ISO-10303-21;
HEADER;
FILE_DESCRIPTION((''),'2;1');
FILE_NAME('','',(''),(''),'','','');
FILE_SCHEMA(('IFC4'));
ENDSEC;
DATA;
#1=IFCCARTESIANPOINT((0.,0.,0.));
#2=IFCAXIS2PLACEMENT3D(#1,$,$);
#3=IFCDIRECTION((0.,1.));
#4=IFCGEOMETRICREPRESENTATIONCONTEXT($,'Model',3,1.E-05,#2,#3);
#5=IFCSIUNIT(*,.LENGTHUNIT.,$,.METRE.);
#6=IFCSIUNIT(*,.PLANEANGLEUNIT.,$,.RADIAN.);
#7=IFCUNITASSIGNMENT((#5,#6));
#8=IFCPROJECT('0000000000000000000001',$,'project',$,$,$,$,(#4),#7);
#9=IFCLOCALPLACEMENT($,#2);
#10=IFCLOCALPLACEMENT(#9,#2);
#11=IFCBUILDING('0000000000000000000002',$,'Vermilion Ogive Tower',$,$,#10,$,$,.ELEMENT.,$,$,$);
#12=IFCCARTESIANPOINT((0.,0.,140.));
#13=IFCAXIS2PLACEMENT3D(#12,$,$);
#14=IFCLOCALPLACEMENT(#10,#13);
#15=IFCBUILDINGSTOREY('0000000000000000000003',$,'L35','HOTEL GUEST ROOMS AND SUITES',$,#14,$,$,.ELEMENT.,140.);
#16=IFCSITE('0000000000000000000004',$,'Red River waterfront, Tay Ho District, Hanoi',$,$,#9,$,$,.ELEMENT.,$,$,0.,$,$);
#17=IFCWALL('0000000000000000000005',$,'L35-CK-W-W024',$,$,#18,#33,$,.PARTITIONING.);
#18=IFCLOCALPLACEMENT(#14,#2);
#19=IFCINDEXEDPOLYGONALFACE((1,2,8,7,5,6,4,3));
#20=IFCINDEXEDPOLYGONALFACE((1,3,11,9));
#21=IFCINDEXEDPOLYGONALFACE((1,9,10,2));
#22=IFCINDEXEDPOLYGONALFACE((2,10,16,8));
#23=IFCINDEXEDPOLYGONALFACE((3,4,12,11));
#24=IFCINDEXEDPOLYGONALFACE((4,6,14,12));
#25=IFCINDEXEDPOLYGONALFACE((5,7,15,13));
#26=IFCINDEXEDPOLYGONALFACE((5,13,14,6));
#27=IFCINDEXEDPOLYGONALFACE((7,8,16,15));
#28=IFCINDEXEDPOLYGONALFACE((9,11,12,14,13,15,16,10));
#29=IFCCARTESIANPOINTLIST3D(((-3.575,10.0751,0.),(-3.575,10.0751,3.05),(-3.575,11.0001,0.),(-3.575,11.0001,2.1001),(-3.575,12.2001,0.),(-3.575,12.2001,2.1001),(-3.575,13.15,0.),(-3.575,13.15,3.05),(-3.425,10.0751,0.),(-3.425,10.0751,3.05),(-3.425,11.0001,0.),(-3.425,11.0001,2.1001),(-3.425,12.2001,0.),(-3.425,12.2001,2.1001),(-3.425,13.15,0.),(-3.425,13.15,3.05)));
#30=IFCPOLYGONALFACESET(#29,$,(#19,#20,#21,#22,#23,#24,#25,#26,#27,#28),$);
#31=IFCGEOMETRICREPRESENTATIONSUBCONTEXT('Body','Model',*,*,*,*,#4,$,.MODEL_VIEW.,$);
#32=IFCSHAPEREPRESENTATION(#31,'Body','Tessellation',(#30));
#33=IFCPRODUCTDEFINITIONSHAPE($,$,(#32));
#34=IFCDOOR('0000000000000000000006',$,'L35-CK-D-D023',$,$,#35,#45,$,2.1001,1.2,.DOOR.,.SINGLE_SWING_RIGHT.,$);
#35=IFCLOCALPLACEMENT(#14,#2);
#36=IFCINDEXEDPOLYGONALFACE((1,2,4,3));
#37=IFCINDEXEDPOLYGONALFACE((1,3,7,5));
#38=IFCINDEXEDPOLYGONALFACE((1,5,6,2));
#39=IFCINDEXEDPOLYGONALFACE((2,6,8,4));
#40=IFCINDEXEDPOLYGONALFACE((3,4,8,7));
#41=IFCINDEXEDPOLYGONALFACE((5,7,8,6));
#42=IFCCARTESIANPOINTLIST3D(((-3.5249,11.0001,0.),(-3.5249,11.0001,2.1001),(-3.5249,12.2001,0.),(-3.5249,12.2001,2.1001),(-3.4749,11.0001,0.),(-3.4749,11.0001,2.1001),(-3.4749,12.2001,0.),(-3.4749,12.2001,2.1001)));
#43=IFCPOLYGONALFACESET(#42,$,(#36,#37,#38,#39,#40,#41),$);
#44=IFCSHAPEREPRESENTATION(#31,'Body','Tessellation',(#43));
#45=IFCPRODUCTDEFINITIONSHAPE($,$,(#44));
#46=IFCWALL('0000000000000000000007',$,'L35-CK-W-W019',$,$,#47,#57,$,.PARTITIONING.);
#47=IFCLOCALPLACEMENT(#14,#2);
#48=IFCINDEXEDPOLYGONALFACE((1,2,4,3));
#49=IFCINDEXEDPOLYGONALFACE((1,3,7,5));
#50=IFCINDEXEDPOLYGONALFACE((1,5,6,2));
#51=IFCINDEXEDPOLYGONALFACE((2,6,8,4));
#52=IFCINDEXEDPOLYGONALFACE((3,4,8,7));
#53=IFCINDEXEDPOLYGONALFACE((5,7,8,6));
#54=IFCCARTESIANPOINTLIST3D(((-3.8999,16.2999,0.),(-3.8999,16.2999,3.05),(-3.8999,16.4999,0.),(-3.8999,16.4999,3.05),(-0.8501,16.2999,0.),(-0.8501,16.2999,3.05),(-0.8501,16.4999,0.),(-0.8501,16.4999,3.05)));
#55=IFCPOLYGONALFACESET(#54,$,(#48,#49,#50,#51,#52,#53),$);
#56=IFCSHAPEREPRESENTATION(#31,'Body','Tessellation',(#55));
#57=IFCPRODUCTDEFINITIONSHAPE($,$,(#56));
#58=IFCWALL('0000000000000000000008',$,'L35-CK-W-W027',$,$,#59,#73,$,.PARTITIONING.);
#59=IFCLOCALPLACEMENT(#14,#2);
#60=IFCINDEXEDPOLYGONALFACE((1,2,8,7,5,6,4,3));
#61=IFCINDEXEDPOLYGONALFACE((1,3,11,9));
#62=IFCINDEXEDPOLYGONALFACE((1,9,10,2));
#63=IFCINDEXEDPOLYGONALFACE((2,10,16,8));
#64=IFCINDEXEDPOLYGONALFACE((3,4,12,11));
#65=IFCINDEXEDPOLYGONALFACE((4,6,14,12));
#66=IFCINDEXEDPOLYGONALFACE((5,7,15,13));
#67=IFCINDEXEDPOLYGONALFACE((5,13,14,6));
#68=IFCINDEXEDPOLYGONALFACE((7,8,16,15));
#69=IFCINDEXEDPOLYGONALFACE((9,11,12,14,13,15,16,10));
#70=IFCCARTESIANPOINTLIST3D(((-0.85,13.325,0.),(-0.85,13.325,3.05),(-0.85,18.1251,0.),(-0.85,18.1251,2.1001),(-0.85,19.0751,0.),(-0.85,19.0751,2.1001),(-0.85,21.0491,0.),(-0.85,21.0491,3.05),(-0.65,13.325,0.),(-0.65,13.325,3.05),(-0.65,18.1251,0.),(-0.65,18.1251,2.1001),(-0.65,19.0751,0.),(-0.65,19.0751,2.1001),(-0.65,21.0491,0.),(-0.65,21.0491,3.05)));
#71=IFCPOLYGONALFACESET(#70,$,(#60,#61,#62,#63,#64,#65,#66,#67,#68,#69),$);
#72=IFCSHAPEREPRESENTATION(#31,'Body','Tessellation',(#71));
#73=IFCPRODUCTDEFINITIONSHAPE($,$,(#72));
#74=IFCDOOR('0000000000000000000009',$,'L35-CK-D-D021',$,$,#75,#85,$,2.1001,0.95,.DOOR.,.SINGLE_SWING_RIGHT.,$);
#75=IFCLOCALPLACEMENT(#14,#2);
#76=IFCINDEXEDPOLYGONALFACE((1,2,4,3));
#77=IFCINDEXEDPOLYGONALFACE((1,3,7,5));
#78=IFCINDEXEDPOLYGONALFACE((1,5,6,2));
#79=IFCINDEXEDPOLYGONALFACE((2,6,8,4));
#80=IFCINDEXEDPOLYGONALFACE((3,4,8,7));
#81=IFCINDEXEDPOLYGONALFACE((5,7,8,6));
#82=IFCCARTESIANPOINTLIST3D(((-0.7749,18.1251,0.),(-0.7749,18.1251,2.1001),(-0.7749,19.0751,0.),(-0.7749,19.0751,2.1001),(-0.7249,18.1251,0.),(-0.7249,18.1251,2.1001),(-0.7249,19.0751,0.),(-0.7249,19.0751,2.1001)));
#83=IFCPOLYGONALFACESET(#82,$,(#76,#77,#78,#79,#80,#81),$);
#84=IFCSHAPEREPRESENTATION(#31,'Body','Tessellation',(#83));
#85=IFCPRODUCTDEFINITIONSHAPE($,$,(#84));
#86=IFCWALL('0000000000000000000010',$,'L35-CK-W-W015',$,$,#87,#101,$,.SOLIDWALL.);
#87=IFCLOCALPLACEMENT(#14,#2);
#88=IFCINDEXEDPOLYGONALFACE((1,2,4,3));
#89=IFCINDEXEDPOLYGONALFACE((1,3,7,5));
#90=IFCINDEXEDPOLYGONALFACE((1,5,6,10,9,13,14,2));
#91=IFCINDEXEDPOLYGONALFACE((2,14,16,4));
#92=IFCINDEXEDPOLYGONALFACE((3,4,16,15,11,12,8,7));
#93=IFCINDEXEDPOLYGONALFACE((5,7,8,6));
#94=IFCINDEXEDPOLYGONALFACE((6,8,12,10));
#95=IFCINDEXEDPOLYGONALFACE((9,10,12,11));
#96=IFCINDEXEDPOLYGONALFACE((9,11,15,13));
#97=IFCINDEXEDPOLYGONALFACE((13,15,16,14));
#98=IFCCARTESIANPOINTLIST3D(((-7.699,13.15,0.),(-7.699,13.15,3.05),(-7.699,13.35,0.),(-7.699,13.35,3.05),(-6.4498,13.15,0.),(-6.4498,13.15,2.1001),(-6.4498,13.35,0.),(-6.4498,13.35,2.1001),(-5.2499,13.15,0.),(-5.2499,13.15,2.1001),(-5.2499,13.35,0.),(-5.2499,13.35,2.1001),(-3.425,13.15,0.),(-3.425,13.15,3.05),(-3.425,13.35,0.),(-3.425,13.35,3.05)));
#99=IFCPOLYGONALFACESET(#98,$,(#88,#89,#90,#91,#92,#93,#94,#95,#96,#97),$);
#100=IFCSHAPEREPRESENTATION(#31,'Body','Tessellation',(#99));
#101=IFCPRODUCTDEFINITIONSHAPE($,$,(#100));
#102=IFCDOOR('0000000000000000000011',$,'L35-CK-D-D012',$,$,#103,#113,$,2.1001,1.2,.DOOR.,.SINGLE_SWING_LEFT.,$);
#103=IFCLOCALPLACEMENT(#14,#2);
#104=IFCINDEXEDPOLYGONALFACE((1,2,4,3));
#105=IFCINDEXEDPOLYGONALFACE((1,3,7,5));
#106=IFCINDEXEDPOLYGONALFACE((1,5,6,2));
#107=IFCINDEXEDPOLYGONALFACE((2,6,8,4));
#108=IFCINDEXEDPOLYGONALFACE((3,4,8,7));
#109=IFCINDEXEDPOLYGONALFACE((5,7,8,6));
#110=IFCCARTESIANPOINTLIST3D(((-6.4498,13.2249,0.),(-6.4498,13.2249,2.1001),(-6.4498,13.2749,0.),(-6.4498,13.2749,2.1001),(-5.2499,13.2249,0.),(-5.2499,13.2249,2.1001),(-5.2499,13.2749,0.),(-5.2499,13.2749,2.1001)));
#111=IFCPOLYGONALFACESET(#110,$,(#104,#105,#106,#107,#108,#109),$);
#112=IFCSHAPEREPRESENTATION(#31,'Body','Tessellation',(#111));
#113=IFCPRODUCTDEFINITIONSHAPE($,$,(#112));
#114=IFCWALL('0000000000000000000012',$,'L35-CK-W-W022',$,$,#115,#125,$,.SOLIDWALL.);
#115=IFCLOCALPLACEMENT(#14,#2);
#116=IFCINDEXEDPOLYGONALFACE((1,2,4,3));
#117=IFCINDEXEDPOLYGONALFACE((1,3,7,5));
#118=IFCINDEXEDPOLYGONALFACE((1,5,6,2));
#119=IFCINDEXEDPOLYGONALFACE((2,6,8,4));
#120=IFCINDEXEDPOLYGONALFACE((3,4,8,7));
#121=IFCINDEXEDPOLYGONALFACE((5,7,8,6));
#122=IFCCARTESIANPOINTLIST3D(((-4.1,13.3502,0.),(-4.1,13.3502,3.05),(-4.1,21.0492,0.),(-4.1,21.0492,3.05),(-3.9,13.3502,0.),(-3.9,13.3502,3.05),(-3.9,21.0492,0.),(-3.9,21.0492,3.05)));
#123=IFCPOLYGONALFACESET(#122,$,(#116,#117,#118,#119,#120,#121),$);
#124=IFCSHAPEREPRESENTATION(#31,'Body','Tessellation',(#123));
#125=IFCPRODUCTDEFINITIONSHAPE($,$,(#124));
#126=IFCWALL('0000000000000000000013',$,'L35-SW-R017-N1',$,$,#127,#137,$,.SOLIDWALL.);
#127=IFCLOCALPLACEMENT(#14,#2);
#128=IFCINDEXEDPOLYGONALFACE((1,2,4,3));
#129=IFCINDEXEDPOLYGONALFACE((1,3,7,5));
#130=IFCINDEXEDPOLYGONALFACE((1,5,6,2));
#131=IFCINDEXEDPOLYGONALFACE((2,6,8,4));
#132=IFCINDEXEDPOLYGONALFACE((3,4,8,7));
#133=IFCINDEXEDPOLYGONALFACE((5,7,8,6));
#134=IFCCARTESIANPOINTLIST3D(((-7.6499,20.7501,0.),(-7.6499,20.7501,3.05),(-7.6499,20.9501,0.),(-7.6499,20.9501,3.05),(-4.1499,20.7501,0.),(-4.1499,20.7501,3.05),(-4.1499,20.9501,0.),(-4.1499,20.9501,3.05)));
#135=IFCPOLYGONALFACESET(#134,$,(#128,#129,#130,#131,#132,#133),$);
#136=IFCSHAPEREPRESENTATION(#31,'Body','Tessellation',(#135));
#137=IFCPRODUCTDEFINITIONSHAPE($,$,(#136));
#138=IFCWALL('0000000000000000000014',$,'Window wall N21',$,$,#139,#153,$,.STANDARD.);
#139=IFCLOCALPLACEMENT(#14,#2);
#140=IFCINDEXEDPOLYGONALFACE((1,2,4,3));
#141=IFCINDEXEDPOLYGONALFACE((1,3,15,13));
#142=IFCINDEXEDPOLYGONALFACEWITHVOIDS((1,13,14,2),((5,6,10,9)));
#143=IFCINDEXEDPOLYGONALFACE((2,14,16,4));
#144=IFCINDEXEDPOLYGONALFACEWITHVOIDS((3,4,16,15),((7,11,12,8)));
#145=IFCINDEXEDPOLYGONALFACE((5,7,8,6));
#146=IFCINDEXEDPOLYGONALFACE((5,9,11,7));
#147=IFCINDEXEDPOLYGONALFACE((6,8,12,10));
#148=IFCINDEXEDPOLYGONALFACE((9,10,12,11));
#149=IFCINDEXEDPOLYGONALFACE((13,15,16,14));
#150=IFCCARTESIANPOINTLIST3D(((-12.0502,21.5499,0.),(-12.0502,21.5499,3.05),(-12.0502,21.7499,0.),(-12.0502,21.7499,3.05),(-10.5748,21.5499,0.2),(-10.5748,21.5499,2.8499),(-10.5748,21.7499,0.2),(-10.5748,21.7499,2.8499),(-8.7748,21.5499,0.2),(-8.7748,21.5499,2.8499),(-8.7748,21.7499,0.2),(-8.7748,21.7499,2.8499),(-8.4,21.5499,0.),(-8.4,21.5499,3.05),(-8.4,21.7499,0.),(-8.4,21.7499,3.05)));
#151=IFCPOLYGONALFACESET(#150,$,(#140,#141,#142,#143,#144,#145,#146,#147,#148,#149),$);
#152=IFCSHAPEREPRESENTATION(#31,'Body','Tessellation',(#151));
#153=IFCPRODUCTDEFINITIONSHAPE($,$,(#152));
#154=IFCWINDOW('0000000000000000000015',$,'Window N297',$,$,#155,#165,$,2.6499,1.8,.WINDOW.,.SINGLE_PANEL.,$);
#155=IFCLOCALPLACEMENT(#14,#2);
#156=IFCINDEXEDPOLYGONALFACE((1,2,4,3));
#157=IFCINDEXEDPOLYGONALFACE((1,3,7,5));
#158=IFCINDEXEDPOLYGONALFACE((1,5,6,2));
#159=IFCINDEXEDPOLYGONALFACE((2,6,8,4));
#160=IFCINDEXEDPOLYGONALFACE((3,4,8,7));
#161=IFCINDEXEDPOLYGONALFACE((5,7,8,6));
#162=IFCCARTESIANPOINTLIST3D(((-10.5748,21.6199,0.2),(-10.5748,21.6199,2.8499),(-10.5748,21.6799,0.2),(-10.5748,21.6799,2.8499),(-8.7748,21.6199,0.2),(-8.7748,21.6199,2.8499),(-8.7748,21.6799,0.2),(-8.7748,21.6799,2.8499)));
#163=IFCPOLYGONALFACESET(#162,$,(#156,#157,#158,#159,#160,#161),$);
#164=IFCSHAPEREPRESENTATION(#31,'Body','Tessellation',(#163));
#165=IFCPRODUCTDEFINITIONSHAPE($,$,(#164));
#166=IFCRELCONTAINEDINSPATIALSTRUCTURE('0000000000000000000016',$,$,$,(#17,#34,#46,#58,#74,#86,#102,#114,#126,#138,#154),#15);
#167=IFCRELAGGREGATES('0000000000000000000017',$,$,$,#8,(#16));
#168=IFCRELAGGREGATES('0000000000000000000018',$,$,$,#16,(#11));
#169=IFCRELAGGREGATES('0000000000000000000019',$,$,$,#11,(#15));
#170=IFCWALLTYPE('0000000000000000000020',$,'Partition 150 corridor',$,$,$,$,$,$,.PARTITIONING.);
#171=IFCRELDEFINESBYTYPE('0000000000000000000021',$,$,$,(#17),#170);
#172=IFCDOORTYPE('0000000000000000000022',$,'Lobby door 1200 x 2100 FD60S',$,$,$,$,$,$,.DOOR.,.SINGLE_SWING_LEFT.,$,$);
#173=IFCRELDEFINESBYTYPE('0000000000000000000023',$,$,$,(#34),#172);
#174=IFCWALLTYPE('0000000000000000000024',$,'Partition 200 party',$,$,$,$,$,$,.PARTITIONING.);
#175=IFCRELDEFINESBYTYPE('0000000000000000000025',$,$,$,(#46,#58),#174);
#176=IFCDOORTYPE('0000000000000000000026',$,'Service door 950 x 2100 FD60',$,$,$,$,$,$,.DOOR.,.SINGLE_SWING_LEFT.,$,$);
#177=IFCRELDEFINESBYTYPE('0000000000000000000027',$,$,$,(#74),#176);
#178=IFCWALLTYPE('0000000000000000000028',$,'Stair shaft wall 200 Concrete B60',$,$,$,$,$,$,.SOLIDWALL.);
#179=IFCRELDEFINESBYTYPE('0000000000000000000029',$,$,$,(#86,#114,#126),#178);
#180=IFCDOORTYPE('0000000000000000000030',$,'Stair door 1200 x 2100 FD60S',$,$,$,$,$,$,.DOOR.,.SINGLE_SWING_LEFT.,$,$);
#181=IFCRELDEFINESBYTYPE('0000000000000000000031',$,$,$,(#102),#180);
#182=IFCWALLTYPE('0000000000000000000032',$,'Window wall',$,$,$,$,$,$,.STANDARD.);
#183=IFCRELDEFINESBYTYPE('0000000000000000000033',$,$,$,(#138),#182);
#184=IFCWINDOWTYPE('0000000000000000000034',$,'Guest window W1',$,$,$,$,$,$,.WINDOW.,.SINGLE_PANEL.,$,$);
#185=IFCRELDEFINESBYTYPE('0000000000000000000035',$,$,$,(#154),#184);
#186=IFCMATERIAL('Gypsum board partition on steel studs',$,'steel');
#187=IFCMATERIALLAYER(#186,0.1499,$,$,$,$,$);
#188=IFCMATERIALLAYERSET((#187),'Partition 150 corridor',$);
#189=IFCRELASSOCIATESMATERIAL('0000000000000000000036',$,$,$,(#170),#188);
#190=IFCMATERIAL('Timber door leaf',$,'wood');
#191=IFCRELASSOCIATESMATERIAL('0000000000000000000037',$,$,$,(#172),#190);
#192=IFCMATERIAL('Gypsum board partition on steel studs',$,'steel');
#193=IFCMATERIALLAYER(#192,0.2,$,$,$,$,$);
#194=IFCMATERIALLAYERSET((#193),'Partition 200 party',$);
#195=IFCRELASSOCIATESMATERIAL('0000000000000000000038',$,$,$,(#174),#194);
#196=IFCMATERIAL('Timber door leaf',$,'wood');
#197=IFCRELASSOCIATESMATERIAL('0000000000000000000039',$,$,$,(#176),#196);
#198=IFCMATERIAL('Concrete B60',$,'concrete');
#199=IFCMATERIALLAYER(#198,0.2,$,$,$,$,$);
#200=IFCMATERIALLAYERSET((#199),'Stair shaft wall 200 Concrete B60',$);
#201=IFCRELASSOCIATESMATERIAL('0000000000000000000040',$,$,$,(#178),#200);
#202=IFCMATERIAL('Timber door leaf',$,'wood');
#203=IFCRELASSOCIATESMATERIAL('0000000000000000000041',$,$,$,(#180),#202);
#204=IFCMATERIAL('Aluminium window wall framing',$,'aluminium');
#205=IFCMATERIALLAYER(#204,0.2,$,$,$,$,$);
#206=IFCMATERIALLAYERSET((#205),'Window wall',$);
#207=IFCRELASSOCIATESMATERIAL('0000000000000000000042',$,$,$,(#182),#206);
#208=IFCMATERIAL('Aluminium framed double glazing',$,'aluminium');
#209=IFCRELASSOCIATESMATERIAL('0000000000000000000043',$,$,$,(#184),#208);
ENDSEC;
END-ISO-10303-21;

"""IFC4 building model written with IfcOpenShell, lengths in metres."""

from ifc_helpers import new_model, si_unit, direction, frame, frame_2d, origin, place, context, subcontext, project, spatial, rectangle, extrude, material, layer, layer_set, type_object, element, fill, save


model = new_model("IFC4")

# Units and contexts
model_context = context("Model", 3, precision=1e-05, world=origin(), true_north=direction((0.0, 1.0)))
body_context = subcontext(model_context, "Body", "Model", "MODEL_VIEW")
ifc_project = project(units=[si_unit("LENGTHUNIT", "METRE"), si_unit("PLANEANGLEUNIT", "RADIAN")], contexts=[model_context])

# Site, building, storey
site_placement = place(None, origin())
site = spatial("IfcSite", under=ifc_project, at=site_placement, Name="Red River waterfront, Tay Ho District, Hanoi", CompositionType="ELEMENT", RefElevation=0.0)
building_placement = place(site_placement, origin())
building = spatial("IfcBuilding", under=site, at=building_placement, Name="Vermilion Ogive Tower", CompositionType="ELEMENT")
storey_placement = place(building_placement, frame((0.0, 0.0, 140.0)))
storey = spatial("IfcBuildingStorey", under=building, at=storey_placement, Name="L35", Description="HOTEL GUEST ROOMS AND SUITES", CompositionType="ELEMENT", Elevation=140.0)

# Shared definitions
ifc_material_1 = material(Name="Gypsum board partition on steel studs", Category="steel")
ifc_layer_1 = layer(ifc_material_1, 0.1499)
ifc_layer_set_1 = layer_set([ifc_layer_1], Name="Partition 150 corridor")
wall_type_1 = type_object("IfcWallType", Name="Partition 150 corridor", PredefinedType="PARTITIONING", material=ifc_layer_set_1)

# Wall, opening, door
wall_1_placement = place(storey_placement, frame((-3.5, 10.075, 0.0), z_axis=(0.0, 0.0, 1.0), x_axis=(0.0, 1.0, 0.0)))
wall_1 = element("IfcWall", 1, at=wall_1_placement, inside=storey, type_object=wall_type_1, Name="L35-CK-W-W024", PredefinedType="PARTITIONING", context=body_context, shape_type="SweptSolid", body=[
    extrude(rectangle(XDim=3.075, YDim=0.1499, at=frame_2d((1.5376, 0.0))), origin(), (0.0, 0.0, 1.0), 3.05),
])
opening_1_placement = place(wall_1_placement, frame((0.925, 0.0, 0.0)))
opening_1 = element("IfcOpeningElement", 2, at=opening_1_placement, cuts=wall_1, PredefinedType="OPENING", context=body_context, shape_type="SweptSolid", body=[
    extrude(rectangle(XDim=1.2, YDim=2.1001, at=frame_2d((0.6001, 1.05))), frame((0.0, 0.085, 0.0), z_axis=(0.0, -1.0, 0.0), x_axis=(1.0, 0.0, 0.0)), (0.0, 0.0, 1.0), 0.1699),
])
ifc_material_2 = material(Name="Timber door leaf", Category="wood")
door_type_1 = type_object("IfcDoorType", Name="Lobby door 1200 x 2100 FD60S", OperationType="SINGLE_SWING_LEFT", PredefinedType="DOOR", material=ifc_material_2)
door_1_placement = place(opening_1_placement, origin())
door_1 = element("IfcDoor", 3, at=door_1_placement, inside=storey, type_object=door_type_1, Name="L35-CK-D-D023", OperationType="SINGLE_SWING_RIGHT", OverallHeight=2.1001, OverallWidth=1.2, PredefinedType="DOOR", context=body_context, shape_type="SweptSolid", body=[
    extrude(rectangle(XDim=1.2, YDim=2.1001, at=frame_2d((0.6001, 1.05))), frame((0.0, 0.0249, 0.0), z_axis=(0.0, -1.0, 0.0), x_axis=(1.0, 0.0, 0.0)), (0.0, 0.0, 1.0), 0.05),
])
fill(opening_1, door_1)

# Wall
ifc_material_3 = material(Name="Gypsum board partition on steel studs", Category="steel")
ifc_layer_2 = layer(ifc_material_3, 0.2)
ifc_layer_set_2 = layer_set([ifc_layer_2], Name="Partition 200 party")
wall_type_2 = type_object("IfcWallType", Name="Partition 200 party", PredefinedType="PARTITIONING", material=ifc_layer_set_2)
wall_2_placement = place(storey_placement, frame((-3.8999, 16.3999, 0.0), z_axis=(0.0, 0.0, 1.0), x_axis=(1.0, 0.0, 0.0)))
element("IfcWall", 4, at=wall_2_placement, inside=storey, type_object=wall_type_2, Name="L35-CK-W-W019", PredefinedType="PARTITIONING", context=body_context, shape_type="SweptSolid", body=[
    extrude(rectangle(XDim=3.0498, YDim=0.2, at=frame_2d((1.5249, 0.0))), origin(), (0.0, 0.0, 1.0), 3.05),
])

# Walls, openings, doors
wall_3_placement = place(storey_placement, frame((-0.75, 13.325, 0.0), z_axis=(0.0, 0.0, 1.0), x_axis=(0.0, 1.0, 0.0)))
wall_3 = element("IfcWall", 5, at=wall_3_placement, inside=storey, type_object=wall_type_2, Name="L35-CK-W-W027", PredefinedType="PARTITIONING", context=body_context, shape_type="SweptSolid", body=[
    extrude(rectangle(XDim=7.7241, YDim=0.2, at=frame_2d((3.8621, 0.0))), origin(), (0.0, 0.0, 1.0), 3.05),
])
opening_2_placement = place(wall_3_placement, frame((4.8, 0.0, 0.0)))
opening_2 = element("IfcOpeningElement", 6, at=opening_2_placement, cuts=wall_3, PredefinedType="OPENING", context=body_context, shape_type="SweptSolid", body=[
    extrude(rectangle(XDim=0.95, YDim=2.1001, at=frame_2d((0.4751, 1.05))), frame((0.0, 0.1099, 0.0), z_axis=(0.0, -1.0, 0.0), x_axis=(1.0, 0.0, 0.0)), (0.0, 0.0, 1.0), 0.22),
])
ifc_material_4 = material(Name="Timber door leaf", Category="wood")
door_type_2 = type_object("IfcDoorType", Name="Service door 950 x 2100 FD60", OperationType="SINGLE_SWING_LEFT", PredefinedType="DOOR", material=ifc_material_4)
door_2_placement = place(opening_2_placement, origin())
door_2 = element("IfcDoor", 7, at=door_2_placement, inside=storey, type_object=door_type_2, Name="L35-CK-D-D021", OperationType="SINGLE_SWING_RIGHT", OverallHeight=2.1001, OverallWidth=0.95, PredefinedType="DOOR", context=body_context, shape_type="SweptSolid", body=[
    extrude(rectangle(XDim=0.95, YDim=2.1001, at=frame_2d((0.4751, 1.05))), frame((0.0, 0.0249, 0.0), z_axis=(0.0, -1.0, 0.0), x_axis=(1.0, 0.0, 0.0)), (0.0, 0.0, 1.0), 0.05),
])
fill(opening_2, door_2)
ifc_material_5 = material(Name="Concrete B60", Category="concrete")
ifc_layer_3 = layer(ifc_material_5, 0.2)
ifc_layer_set_3 = layer_set([ifc_layer_3], Name="Stair shaft wall 200 Concrete B60")
wall_type_3 = type_object("IfcWallType", Name="Stair shaft wall 200 Concrete B60", PredefinedType="SOLIDWALL", material=ifc_layer_set_3)
wall_4_placement = place(storey_placement, frame((-7.699, 13.25, 0.0), z_axis=(0.0, 0.0, 1.0), x_axis=(1.0, 0.0, 0.0)))
wall_4 = element("IfcWall", 8, at=wall_4_placement, inside=storey, type_object=wall_type_3, Name="L35-CK-W-W015", PredefinedType="SOLIDWALL", context=body_context, shape_type="SweptSolid", body=[
    extrude(rectangle(XDim=4.2739, YDim=0.2, at=frame_2d((2.137, 0.0))), origin(), (0.0, 0.0, 1.0), 3.05),
])
opening_3_placement = place(wall_4_placement, frame((1.249, 0.0, 0.0)))
opening_3 = element("IfcOpeningElement", 9, at=opening_3_placement, cuts=wall_4, PredefinedType="OPENING", context=body_context, shape_type="SweptSolid", body=[
    extrude(rectangle(XDim=1.2, YDim=2.1001, at=frame_2d((0.6001, 1.05))), frame((0.0, 0.1099, 0.0), z_axis=(0.0, -1.0, 0.0), x_axis=(1.0, 0.0, 0.0)), (0.0, 0.0, 1.0), 0.22),
])
ifc_material_6 = material(Name="Timber door leaf", Category="wood")
door_type_3 = type_object("IfcDoorType", Name="Stair door 1200 x 2100 FD60S", OperationType="SINGLE_SWING_LEFT", PredefinedType="DOOR", material=ifc_material_6)
door_3_placement = place(opening_3_placement, origin())
door_3 = element("IfcDoor", 10, at=door_3_placement, inside=storey, type_object=door_type_3, Name="L35-CK-D-D012", OperationType="SINGLE_SWING_LEFT", OverallHeight=2.1001, OverallWidth=1.2, PredefinedType="DOOR", context=body_context, shape_type="SweptSolid", body=[
    extrude(rectangle(XDim=1.2, YDim=2.1001, at=frame_2d((0.6001, 1.05))), frame((0.0, 0.0249, 0.0), z_axis=(0.0, -1.0, 0.0), x_axis=(1.0, 0.0, 0.0)), (0.0, 0.0, 1.0), 0.05),
])
fill(opening_3, door_3)

# Walls
wall_5_placement = place(storey_placement, frame((-4.0, 13.3501, 0.0), z_axis=(0.0, 0.0, 1.0), x_axis=(0.0, 1.0, 0.0)))
element("IfcWall", 11, at=wall_5_placement, inside=storey, type_object=wall_type_3, Name="L35-CK-W-W022", PredefinedType="SOLIDWALL", context=body_context, shape_type="SweptSolid", body=[
    extrude(rectangle(XDim=7.699, YDim=0.2, at=frame_2d((3.8496, 0.0))), origin(), (0.0, 0.0, 1.0), 3.05),
])
wall_6_placement = place(storey_placement, frame((-7.6499, 20.8501, 0.0), z_axis=(0.0, 0.0, 1.0), x_axis=(1.0, 0.0, 0.0)))
element("IfcWall", 12, at=wall_6_placement, inside=storey, type_object=wall_type_3, Name="L35-SW-R017-N1", PredefinedType="SOLIDWALL", context=body_context, shape_type="SweptSolid", body=[
    extrude(rectangle(XDim=3.5, YDim=0.2, at=frame_2d((1.75, 0.0))), origin(), (0.0, 0.0, 1.0), 3.05),
])

# Wall, opening, window
ifc_material_7 = material(Name="Aluminium window wall framing", Category="aluminium")
ifc_layer_4 = layer(ifc_material_7, 0.2)
ifc_layer_set_4 = layer_set([ifc_layer_4], Name="Window wall")
wall_type_4 = type_object("IfcWallType", Name="Window wall", PredefinedType="STANDARD", material=ifc_layer_set_4)
wall_7_placement = place(storey_placement, frame((-8.3999, 21.6499, 0.0), z_axis=(0.0, 0.0, 1.0), x_axis=(-1.0, 0.0, 0.0)))
wall_7 = element("IfcWall", 13, at=wall_7_placement, inside=storey, type_object=wall_type_4, Name="Window wall N21", PredefinedType="STANDARD", context=body_context, shape_type="SweptSolid", body=[
    extrude(rectangle(XDim=3.6501, YDim=0.2, at=frame_2d((1.8252, 0.0))), origin(), (0.0, 0.0, 1.0), 3.05),
])
opening_4_placement = place(wall_7_placement, frame((0.375, 0.0, 0.2)))
opening_4 = element("IfcOpeningElement", 14, at=opening_4_placement, cuts=wall_7, PredefinedType="OPENING", context=body_context, shape_type="SweptSolid", body=[
    extrude(rectangle(XDim=1.8, YDim=2.6499, at=frame_2d((0.8999, 1.325))), frame((0.0, 0.1099, 0.0), z_axis=(0.0, -1.0, 0.0), x_axis=(1.0, 0.0, 0.0)), (0.0, 0.0, 1.0), 0.22),
])
ifc_material_8 = material(Name="Aluminium framed double glazing", Category="aluminium")
window_type = type_object("IfcWindowType", Name="Guest window W1", PartitioningType="SINGLE_PANEL", PredefinedType="WINDOW", material=ifc_material_8)
window_placement = place(opening_4_placement, origin())
window = element("IfcWindow", 15, at=window_placement, inside=storey, type_object=window_type, Name="Window N297", OverallHeight=2.6499, OverallWidth=1.8, PartitioningType="SINGLE_PANEL", PredefinedType="WINDOW", context=body_context, shape_type="SweptSolid", body=[
    extrude(rectangle(XDim=1.8, YDim=2.6499, at=frame_2d((0.8999, 1.325))), frame((0.0, 0.03, 0.0), z_axis=(0.0, -1.0, 0.0), x_axis=(1.0, 0.0, 0.0)), (0.0, 0.0, 1.0), 0.0601),
])
fill(opening_4, window)

save(model, "model.ifc")
